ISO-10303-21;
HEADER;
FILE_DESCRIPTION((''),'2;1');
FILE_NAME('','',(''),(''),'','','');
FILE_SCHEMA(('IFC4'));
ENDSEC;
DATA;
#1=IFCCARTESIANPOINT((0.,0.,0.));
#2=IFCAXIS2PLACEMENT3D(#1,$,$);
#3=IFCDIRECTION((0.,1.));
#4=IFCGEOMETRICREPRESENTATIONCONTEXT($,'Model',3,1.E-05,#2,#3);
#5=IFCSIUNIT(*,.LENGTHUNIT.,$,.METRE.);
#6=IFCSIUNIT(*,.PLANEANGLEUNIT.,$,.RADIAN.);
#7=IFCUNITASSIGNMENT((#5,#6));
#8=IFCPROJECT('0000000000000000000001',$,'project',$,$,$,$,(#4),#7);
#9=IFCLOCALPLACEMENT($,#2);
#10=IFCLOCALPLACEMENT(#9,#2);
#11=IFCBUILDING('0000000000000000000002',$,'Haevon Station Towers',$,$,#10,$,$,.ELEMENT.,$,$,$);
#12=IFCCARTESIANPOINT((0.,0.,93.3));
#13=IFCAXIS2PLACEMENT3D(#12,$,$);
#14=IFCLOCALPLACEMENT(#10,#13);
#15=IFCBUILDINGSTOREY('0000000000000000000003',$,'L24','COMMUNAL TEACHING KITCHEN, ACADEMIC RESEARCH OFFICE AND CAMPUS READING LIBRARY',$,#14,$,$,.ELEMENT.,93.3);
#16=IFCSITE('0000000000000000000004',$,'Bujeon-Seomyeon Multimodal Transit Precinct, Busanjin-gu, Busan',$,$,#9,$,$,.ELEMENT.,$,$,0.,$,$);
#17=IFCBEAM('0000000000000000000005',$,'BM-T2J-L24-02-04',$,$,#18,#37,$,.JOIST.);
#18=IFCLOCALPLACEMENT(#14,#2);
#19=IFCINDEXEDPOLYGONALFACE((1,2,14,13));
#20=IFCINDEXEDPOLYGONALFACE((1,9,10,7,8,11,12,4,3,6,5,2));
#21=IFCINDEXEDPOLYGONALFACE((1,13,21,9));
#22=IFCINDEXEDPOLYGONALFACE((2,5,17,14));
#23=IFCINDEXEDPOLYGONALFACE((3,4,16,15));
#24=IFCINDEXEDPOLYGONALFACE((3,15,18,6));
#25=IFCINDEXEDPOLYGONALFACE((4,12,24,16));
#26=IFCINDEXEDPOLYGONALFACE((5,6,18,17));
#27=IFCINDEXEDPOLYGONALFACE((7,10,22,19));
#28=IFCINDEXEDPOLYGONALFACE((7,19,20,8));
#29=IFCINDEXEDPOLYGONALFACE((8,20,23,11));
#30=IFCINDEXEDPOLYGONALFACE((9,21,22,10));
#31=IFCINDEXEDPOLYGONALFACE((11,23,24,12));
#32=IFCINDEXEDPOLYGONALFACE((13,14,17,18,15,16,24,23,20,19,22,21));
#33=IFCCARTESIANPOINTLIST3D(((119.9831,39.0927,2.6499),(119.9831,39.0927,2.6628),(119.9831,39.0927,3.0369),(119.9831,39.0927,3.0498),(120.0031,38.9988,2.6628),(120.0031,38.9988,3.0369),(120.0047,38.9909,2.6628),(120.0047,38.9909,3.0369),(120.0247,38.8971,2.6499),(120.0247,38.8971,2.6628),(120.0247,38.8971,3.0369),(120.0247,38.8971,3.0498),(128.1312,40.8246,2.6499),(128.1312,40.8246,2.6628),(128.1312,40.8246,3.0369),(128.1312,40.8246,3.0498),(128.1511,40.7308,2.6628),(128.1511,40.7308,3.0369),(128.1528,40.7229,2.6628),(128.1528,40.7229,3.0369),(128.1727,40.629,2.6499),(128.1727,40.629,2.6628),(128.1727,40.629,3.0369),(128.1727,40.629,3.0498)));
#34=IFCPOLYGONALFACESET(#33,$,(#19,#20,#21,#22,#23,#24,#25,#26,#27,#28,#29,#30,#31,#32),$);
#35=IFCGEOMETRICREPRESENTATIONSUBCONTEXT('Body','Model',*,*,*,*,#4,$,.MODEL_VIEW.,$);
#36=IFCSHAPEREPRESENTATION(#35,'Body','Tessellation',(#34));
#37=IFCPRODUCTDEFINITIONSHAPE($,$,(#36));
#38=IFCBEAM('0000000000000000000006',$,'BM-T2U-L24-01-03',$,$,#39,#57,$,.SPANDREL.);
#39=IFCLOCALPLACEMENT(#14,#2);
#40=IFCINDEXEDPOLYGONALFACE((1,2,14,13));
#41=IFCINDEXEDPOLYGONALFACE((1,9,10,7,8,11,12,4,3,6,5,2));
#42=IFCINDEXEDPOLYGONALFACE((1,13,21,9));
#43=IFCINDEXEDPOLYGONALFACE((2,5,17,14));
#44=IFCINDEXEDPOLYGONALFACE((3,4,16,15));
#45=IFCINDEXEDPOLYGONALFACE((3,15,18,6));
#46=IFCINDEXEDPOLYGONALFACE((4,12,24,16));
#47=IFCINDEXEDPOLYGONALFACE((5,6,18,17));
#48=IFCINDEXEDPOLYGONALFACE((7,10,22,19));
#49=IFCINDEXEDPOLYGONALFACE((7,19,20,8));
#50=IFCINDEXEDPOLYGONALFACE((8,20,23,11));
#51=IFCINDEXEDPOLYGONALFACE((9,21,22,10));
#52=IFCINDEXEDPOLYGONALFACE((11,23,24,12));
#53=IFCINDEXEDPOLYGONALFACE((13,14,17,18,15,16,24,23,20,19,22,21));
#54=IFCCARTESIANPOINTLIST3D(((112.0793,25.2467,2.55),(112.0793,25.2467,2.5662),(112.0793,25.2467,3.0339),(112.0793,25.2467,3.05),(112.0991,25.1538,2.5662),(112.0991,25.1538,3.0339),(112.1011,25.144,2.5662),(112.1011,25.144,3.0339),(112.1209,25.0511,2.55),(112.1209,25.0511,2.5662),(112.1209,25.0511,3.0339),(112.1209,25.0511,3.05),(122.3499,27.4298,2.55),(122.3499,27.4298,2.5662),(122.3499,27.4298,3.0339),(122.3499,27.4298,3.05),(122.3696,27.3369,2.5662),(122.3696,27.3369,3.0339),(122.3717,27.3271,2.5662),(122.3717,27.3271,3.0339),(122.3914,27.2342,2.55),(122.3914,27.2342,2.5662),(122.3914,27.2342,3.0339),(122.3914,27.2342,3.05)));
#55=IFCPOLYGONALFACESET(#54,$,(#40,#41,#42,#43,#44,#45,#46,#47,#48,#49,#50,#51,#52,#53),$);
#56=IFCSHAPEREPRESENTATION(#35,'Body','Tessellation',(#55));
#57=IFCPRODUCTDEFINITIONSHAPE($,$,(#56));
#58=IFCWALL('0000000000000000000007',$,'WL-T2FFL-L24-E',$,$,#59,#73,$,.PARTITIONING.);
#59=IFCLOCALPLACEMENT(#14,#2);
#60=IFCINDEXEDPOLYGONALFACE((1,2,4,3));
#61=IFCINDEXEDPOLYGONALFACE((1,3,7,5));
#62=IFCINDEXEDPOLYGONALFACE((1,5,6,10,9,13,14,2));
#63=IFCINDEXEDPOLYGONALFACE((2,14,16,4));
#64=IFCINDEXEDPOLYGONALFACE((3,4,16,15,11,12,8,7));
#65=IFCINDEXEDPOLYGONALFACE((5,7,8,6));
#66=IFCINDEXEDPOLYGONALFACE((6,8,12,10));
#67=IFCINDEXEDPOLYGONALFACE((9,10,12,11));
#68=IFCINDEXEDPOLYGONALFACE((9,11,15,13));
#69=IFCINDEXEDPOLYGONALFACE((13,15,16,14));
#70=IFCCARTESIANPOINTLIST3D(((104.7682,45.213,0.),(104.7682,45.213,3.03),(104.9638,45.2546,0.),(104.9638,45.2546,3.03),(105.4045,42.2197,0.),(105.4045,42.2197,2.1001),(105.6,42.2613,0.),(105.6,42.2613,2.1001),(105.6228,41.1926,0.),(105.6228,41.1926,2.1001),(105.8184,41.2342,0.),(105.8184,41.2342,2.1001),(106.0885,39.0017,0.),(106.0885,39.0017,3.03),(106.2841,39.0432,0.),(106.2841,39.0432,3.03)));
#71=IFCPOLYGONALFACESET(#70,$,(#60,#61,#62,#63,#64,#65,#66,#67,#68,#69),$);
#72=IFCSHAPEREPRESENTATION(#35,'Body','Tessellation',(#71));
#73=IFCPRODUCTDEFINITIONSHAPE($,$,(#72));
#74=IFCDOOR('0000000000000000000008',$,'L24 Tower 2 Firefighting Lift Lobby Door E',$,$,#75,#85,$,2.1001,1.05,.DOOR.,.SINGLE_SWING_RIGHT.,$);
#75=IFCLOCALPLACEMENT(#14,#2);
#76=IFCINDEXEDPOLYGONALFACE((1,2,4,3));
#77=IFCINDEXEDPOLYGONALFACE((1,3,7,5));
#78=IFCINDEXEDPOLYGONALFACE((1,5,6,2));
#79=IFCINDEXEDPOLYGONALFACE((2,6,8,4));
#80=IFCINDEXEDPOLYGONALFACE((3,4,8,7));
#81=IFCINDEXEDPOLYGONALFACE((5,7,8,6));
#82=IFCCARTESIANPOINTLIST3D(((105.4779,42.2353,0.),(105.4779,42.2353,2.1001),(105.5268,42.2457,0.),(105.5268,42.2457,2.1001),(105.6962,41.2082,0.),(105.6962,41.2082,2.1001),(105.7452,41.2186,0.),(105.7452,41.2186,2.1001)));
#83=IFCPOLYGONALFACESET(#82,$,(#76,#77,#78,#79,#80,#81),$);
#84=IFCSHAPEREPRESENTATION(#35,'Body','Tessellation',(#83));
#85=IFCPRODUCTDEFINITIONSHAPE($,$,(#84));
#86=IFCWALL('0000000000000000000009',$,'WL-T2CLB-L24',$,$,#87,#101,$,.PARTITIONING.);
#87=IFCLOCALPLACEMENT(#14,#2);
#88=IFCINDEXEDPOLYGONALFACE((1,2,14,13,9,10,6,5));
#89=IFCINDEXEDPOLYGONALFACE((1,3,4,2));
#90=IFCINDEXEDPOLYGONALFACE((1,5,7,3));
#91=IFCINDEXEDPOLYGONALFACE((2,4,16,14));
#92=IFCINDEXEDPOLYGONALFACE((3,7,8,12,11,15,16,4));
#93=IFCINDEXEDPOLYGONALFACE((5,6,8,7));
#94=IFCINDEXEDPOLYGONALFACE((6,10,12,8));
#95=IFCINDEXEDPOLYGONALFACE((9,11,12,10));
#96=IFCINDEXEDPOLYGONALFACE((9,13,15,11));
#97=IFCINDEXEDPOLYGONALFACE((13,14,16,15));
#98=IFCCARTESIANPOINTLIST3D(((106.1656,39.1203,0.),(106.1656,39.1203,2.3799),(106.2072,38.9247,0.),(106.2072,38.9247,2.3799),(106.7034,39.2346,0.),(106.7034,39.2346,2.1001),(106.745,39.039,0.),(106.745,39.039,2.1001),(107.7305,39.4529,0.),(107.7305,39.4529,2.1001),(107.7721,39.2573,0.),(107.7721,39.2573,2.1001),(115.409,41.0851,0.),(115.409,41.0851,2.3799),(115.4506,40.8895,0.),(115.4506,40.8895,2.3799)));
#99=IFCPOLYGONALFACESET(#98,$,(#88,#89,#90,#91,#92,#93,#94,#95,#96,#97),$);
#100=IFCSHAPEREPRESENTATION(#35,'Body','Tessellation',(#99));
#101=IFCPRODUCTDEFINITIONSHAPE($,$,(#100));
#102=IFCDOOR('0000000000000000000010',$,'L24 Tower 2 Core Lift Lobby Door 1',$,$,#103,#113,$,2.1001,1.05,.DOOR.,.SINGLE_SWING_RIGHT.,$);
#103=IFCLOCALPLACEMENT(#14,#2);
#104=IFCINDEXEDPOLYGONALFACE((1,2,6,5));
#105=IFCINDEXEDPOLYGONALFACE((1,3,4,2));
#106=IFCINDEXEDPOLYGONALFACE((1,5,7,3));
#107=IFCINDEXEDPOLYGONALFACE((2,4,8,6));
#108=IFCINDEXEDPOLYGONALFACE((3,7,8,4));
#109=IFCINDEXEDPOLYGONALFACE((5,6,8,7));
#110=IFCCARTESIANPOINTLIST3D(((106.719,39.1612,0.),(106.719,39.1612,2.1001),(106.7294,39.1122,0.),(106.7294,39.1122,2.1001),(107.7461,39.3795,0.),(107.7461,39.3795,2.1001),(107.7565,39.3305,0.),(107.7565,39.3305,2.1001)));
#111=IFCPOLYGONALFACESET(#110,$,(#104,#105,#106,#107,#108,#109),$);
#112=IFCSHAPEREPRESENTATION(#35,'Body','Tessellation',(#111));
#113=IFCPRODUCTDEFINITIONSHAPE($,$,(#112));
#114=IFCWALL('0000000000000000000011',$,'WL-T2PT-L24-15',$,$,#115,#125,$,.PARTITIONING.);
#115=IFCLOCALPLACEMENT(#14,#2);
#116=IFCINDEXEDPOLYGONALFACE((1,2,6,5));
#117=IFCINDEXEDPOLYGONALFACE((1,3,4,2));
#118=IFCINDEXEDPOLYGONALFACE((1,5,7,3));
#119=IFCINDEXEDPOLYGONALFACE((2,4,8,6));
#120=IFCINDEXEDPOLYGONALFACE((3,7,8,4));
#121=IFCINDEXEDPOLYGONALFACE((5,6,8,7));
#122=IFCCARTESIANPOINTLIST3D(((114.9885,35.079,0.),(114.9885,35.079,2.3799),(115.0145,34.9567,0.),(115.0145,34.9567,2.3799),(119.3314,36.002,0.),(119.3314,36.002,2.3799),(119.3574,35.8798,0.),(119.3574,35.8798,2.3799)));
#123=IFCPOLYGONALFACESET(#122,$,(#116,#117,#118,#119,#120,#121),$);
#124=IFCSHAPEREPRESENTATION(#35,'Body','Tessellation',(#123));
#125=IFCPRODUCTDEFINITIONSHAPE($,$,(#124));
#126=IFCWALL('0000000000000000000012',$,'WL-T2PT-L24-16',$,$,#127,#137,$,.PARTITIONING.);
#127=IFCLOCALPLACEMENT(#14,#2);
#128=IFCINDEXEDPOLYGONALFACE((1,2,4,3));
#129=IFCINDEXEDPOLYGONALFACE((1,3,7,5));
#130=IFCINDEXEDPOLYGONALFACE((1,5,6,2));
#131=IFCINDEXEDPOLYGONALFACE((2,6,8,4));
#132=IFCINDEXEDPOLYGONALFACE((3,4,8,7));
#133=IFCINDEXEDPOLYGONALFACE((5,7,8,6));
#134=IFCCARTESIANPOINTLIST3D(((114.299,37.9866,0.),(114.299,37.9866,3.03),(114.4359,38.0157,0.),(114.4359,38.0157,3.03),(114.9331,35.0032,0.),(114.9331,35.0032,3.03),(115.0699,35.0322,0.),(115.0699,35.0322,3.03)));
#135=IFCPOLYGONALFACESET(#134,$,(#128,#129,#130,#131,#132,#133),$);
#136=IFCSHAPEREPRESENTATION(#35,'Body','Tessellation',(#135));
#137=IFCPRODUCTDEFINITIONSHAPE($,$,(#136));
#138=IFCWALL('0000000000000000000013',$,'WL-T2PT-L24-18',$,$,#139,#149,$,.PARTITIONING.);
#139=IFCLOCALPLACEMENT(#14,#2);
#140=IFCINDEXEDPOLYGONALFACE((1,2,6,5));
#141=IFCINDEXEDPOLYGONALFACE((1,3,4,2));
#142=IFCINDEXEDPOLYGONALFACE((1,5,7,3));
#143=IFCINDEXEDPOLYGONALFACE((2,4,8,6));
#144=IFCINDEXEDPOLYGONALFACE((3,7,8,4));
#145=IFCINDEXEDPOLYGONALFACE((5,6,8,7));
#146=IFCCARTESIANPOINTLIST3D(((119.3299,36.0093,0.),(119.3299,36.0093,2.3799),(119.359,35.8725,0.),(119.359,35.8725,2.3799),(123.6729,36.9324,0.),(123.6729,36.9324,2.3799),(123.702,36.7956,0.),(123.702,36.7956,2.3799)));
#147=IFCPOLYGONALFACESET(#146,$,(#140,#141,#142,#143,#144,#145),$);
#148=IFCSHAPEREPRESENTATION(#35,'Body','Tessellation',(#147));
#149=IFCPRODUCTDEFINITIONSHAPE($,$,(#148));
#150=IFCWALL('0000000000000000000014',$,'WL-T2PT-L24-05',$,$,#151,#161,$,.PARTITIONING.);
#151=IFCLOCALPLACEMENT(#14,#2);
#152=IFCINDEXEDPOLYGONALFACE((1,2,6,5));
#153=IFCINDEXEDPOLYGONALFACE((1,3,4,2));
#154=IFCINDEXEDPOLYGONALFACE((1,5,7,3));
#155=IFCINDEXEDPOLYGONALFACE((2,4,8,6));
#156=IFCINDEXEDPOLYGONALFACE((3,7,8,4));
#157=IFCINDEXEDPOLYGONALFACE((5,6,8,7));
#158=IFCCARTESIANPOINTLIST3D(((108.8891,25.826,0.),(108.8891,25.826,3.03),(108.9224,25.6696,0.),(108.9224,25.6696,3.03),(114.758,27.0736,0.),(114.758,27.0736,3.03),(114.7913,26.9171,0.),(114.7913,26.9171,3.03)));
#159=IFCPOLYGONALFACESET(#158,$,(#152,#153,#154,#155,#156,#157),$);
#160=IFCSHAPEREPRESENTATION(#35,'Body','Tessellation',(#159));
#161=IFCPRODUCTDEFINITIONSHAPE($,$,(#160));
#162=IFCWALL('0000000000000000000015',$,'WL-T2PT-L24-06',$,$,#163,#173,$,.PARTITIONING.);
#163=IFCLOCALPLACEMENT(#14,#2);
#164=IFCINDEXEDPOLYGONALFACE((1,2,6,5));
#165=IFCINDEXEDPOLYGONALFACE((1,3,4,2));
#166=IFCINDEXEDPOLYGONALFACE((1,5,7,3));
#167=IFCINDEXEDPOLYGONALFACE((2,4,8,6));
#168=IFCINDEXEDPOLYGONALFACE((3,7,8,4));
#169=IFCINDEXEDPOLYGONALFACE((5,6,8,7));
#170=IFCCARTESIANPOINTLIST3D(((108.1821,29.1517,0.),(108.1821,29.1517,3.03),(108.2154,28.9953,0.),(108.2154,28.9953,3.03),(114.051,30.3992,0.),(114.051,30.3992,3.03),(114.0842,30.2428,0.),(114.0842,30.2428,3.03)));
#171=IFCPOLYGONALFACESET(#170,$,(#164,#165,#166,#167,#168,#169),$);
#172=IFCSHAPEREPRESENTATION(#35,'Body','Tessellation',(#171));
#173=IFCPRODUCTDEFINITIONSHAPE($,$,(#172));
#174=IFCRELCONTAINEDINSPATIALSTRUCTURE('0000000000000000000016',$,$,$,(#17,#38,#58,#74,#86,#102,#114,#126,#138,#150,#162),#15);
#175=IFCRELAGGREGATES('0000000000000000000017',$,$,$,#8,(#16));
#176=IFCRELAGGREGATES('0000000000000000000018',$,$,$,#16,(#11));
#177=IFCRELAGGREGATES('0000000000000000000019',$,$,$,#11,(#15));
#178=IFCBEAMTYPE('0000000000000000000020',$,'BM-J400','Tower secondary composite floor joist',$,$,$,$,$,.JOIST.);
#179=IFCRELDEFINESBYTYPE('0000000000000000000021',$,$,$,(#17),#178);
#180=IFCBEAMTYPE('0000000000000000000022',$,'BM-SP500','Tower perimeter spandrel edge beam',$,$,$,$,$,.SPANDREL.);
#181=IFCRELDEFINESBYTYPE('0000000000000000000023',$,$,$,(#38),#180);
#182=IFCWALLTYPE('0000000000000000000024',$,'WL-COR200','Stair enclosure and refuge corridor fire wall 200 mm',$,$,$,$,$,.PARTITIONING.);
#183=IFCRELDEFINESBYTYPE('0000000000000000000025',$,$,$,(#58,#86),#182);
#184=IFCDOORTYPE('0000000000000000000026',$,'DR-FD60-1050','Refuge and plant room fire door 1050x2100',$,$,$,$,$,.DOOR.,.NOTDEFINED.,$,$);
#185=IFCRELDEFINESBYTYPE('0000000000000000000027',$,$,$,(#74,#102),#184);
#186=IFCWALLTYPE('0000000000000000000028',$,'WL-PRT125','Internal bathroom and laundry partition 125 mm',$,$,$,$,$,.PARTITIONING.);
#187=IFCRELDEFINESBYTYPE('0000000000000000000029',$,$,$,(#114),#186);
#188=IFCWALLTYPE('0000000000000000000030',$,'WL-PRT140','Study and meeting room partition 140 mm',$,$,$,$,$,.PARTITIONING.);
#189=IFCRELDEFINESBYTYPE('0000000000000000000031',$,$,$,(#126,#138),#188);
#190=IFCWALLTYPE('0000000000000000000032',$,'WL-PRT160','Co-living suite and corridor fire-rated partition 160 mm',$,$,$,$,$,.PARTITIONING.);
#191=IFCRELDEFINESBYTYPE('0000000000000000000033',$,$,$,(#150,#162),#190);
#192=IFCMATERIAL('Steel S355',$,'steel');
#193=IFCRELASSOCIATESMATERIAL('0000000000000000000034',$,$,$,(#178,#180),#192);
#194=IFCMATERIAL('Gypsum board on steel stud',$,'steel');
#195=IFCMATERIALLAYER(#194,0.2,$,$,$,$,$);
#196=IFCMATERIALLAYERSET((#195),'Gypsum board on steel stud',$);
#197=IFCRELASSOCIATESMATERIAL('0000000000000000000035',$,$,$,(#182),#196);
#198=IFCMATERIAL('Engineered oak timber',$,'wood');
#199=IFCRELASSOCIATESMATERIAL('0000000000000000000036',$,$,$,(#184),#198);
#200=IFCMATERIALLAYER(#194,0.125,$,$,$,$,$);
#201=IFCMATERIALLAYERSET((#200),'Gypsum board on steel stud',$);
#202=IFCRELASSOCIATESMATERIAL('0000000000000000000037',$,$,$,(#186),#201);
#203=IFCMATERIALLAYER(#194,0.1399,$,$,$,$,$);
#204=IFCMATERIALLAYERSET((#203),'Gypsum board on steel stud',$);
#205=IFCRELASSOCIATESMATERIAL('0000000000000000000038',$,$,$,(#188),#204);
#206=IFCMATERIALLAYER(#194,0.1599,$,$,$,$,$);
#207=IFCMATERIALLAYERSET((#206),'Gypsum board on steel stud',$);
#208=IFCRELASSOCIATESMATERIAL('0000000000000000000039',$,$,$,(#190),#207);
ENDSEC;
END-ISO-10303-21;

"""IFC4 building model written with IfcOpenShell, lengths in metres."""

from ifc_helpers import new_model, si_unit, direction, frame, frame_2d, origin, origin_2d, place, context, subcontext, project, spatial, rectangle, i_section, extrude, material, layer, layer_set, material_profile, profile_set, type_object, element, fill, save


model = new_model("IFC4")

# Units and contexts
model_context = context("Model", 3, precision=1e-05, world=origin(), true_north=direction((0.0, 1.0)))
body_context = subcontext(model_context, "Body", "Model", "MODEL_VIEW")
ifc_project = project(units=[si_unit("LENGTHUNIT", "METRE"), si_unit("PLANEANGLEUNIT", "RADIAN")], contexts=[model_context])

# Site, building, storey
site_placement = place(None, origin())
site = spatial("IfcSite", under=ifc_project, at=site_placement, Name="Bujeon-Seomyeon Multimodal Transit Precinct, Busanjin-gu, Busan", CompositionType="ELEMENT", RefElevation=0.0)
building_placement = place(site_placement, origin())
building = spatial("IfcBuilding", under=site, at=building_placement, Name="Haevon Station Towers", CompositionType="ELEMENT")
storey_placement = place(building_placement, frame((0.0, 0.0, 93.3)))
storey = spatial("IfcBuildingStorey", under=building, at=storey_placement, Name="L24", Description="COMMUNAL TEACHING KITCHEN, ACADEMIC RESEARCH OFFICE AND CAMPUS READING LIBRARY", CompositionType="ELEMENT", Elevation=93.3)

# Beams
ifc_material_1 = material(Name="Steel S355", Category="steel")
ifc_material_profile_1 = material_profile(ifc_material_1, i_section(OverallWidth=0.2, OverallDepth=0.3999, WebThickness=0.0081, FlangeThickness=0.0129, at=origin_2d()), Name="H-400x200x8x13")
ifc_profile_set_1 = profile_set([ifc_material_profile_1], Name="Steel S355")
beam_type_1 = type_object("IfcBeamType", Name="BM-J400", Description="Tower secondary composite floor joist", PredefinedType="JOIST", material=ifc_profile_set_1)
beam_1_placement = place(storey_placement, frame((120.0039, 38.9949, 2.8499), z_axis=(0.978147, 0.207916, 0.0), x_axis=(-0.207916, 0.978147, 0.0)))
element("IfcBeam", 1, at=beam_1_placement, inside=storey, type_object=beam_type_1, Name="BM-T2J-L24-02-04", PredefinedType="JOIST", context=body_context, shape_type="SweptSolid", body=[
    extrude(i_section(OverallWidth=0.2, OverallDepth=0.3999, WebThickness=0.0081, FlangeThickness=0.0129, at=origin_2d()), origin(), (0.0, 0.0, 1.0), 8.3301),
])
ifc_material_profile_2 = material_profile(ifc_material_1, i_section(OverallWidth=0.2, OverallDepth=0.5, WebThickness=0.01, FlangeThickness=0.0161, at=origin_2d()), Name="H-500x200x10x16")
ifc_profile_set_2 = profile_set([ifc_material_profile_2], Name="Steel S355")
beam_type_2 = type_object("IfcBeamType", Name="BM-SP500", Description="Tower perimeter spandrel edge beam", PredefinedType="SPANDREL", material=ifc_profile_set_2)
beam_2_placement = place(storey_placement, frame((112.1001, 25.1489, 2.8), z_axis=(0.978147, 0.207915, 0.0), x_axis=(-0.207915, 0.978147, 0.0)))
element("IfcBeam", 2, at=beam_2_placement, inside=storey, type_object=beam_type_2, Name="BM-T2U-L24-01-03", PredefinedType="SPANDREL", context=body_context, shape_type="SweptSolid", body=[
    extrude(i_section(OverallWidth=0.2, OverallDepth=0.5, WebThickness=0.01, FlangeThickness=0.0161, at=origin_2d()), origin(), (0.0, 0.0, 1.0), 10.5),
])

# Walls, openings, doors
ifc_material_2 = material(Name="Gypsum board on steel stud", Category="steel")
ifc_layer_1 = layer(ifc_material_2, 0.2)
ifc_layer_set_1 = layer_set([ifc_layer_1], Name="Gypsum board on steel stud")
wall_type_1 = type_object("IfcWallType", Name="WL-COR200", Description="Stair enclosure and refuge corridor fire wall 200 mm", PredefinedType="PARTITIONING", material=ifc_layer_set_1)
wall_1_placement = place(storey_placement, frame((106.1863, 39.0225, 0.0), z_axis=(0.0, 0.0, 1.0), x_axis=(-0.207917, 0.978147, 0.0)))
wall_1 = element("IfcWall", 3, at=wall_1_placement, inside=storey, type_object=wall_type_1, Name="WL-T2FFL-L24-E", PredefinedType="PARTITIONING", context=body_context, shape_type="SweptSolid", body=[
    extrude(rectangle(XDim=6.3501, YDim=0.2, at=frame_2d((3.175, 0.0))), origin(), (0.0, 0.0, 1.0), 3.03),
])
opening_1_placement = place(wall_1_placement, frame((2.24, 0.0, 0.0)))
opening_1 = element("IfcOpeningElement", 4, at=opening_1_placement, cuts=wall_1, PredefinedType="OPENING", context=body_context, shape_type="SweptSolid", body=[
    extrude(rectangle(XDim=1.05, YDim=2.1001, at=frame_2d((0.5249, 1.05))), frame((0.0, 0.1099, 0.0), z_axis=(0.0, -1.0, 0.0), x_axis=(1.0, 0.0, 0.0)), (0.0, 0.0, 1.0), 0.22),
])
ifc_material_3 = material(Name="Engineered oak timber", Category="wood")
door_type = type_object("IfcDoorType", Name="DR-FD60-1050", Description="Refuge and plant room fire door 1050x2100", OperationType="NOTDEFINED", PredefinedType="DOOR", material=ifc_material_3)
door_1_placement = place(opening_1_placement, origin())
door_1 = element("IfcDoor", 5, at=door_1_placement, inside=storey, type_object=door_type, Name="L24 Tower 2 Firefighting Lift Lobby Door E", OperationType="SINGLE_SWING_RIGHT", OverallHeight=2.1001, OverallWidth=1.05, PredefinedType="DOOR", context=body_context, shape_type="SweptSolid", body=[
    extrude(rectangle(XDim=1.05, YDim=2.1001, at=frame_2d((0.5249, 1.05))), frame((0.0, 0.0249, 0.0), z_axis=(0.0, -1.0, 0.0), x_axis=(1.0, 0.0, 0.0)), (0.0, 0.0, 1.0), 0.05),
])
fill(opening_1, door_1)
wall_2_placement = place(storey_placement, frame((106.1863, 39.0225, 0.0), z_axis=(0.0, 0.0, 1.0), x_axis=(0.978146, 0.207921, 0.0)))
wall_2 = element("IfcWall", 6, at=wall_2_placement, inside=storey, type_object=wall_type_1, Name="WL-T2CLB-L24", PredefinedType="PARTITIONING", context=body_context, shape_type="SweptSolid", body=[
    extrude(rectangle(XDim=9.45, YDim=0.2, at=frame_2d((4.7251, 0.0))), origin(), (0.0, 0.0, 1.0), 2.3799),
])
opening_2_placement = place(wall_2_placement, frame((0.55, 0.0, 0.0)))
opening_2 = element("IfcOpeningElement", 7, at=opening_2_placement, cuts=wall_2, PredefinedType="OPENING", context=body_context, shape_type="SweptSolid", body=[
    extrude(rectangle(XDim=1.05, YDim=2.1001, at=frame_2d((0.5249, 1.05))), frame((0.0, 0.1099, 0.0), z_axis=(0.0, -1.0, 0.0), x_axis=(1.0, 0.0, 0.0)), (0.0, 0.0, 1.0), 0.22),
])
door_2_placement = place(opening_2_placement, origin())
door_2 = element("IfcDoor", 8, at=door_2_placement, inside=storey, type_object=door_type, Name="L24 Tower 2 Core Lift Lobby Door 1", OperationType="SINGLE_SWING_RIGHT", OverallHeight=2.1001, OverallWidth=1.05, PredefinedType="DOOR", context=body_context, shape_type="SweptSolid", body=[
    extrude(rectangle(XDim=1.05, YDim=2.1001, at=frame_2d((0.5249, 1.05))), frame((0.0, 0.0249, 0.0), z_axis=(0.0, -1.0, 0.0), x_axis=(1.0, 0.0, 0.0)), (0.0, 0.0, 1.0), 0.05),
])
fill(opening_2, door_2)

# Walls
ifc_layer_2 = layer(ifc_material_2, 0.125)
ifc_layer_set_2 = layer_set([ifc_layer_2], Name="Gypsum board on steel stud")
wall_type_2 = type_object("IfcWallType", Name="WL-PRT125", Description="Internal bathroom and laundry partition 125 mm", PredefinedType="PARTITIONING", material=ifc_layer_set_2)
wall_3_placement = place(storey_placement, frame((115.0015, 35.0178, 0.0), z_axis=(0.0, 0.0, 1.0), x_axis=(0.978149, 0.207903, 0.0)))
element("IfcWall", 9, at=wall_3_placement, inside=storey, type_object=wall_type_2, Name="WL-T2PT-L24-15", PredefinedType="PARTITIONING", context=body_context, shape_type="SweptSolid", body=[
    extrude(rectangle(XDim=4.4399, YDim=0.125, at=frame_2d((2.22, 0.0))), origin(), (0.0, 0.0, 1.0), 2.3799),
])
ifc_layer_3 = layer(ifc_material_2, 0.1399)
ifc_layer_set_3 = layer_set([ifc_layer_3], Name="Gypsum board on steel stud")
wall_type_3 = type_object("IfcWallType", Name="WL-PRT140", Description="Study and meeting room partition 140 mm", PredefinedType="PARTITIONING", material=ifc_layer_set_3)
wall_4_placement = place(storey_placement, frame((115.0015, 35.0178, 0.0), z_axis=(0.0, 0.0, 1.0), x_axis=(-0.207878, 0.978155, 0.0)))
element("IfcWall", 10, at=wall_4_placement, inside=storey, type_object=wall_type_3, Name="WL-T2PT-L24-16", PredefinedType="PARTITIONING", context=body_context, shape_type="SweptSolid", body=[
    extrude(rectangle(XDim=3.05, YDim=0.1399, at=frame_2d((1.5249, 0.0))), origin(), (0.0, 0.0, 1.0), 3.03),
])
wall_5_placement = place(storey_placement, frame((119.3445, 35.9409, 0.0), z_axis=(0.0, 0.0, 1.0), x_axis=(0.978149, 0.207903, 0.0)))
element("IfcWall", 11, at=wall_5_placement, inside=storey, type_object=wall_type_3, Name="WL-T2PT-L24-18", PredefinedType="PARTITIONING", context=body_context, shape_type="SweptSolid", body=[
    extrude(rectangle(XDim=4.4399, YDim=0.1399, at=frame_2d((2.22, 0.0))), origin(), (0.0, 0.0, 1.0), 2.3799),
])
ifc_layer_4 = layer(ifc_material_2, 0.1599)
ifc_layer_set_4 = layer_set([ifc_layer_4], Name="Gypsum board on steel stud")
wall_type_4 = type_object("IfcWallType", Name="WL-PRT160", Description="Co-living suite and corridor fire-rated partition 160 mm", PredefinedType="PARTITIONING", material=ifc_layer_set_4)
for number, where, z_axis, x_axis, name in (
    (12, (108.9058, 25.7478, 0.0), (0.0, 0.0, 1.0), (0.978145, 0.207925, 0.0), "WL-T2PT-L24-05"),
    (13, (108.1987, 29.0735, 0.0), (0.0, 0.0, 1.0), (0.978145, 0.207925, 0.0), "WL-T2PT-L24-06"),
):
    element("IfcWall", number, at=place(storey_placement, frame(where, z_axis=z_axis, x_axis=x_axis)), inside=storey, type_object=wall_type_4, Name=name, PredefinedType="PARTITIONING", context=body_context, shape_type="SweptSolid", body=[
        extrude(rectangle(XDim=6.0, YDim=0.1599, at=frame_2d((3.0, 0.0))), origin(), (0.0, 0.0, 1.0), 3.03),
    ])

save(model, "model.ifc")
